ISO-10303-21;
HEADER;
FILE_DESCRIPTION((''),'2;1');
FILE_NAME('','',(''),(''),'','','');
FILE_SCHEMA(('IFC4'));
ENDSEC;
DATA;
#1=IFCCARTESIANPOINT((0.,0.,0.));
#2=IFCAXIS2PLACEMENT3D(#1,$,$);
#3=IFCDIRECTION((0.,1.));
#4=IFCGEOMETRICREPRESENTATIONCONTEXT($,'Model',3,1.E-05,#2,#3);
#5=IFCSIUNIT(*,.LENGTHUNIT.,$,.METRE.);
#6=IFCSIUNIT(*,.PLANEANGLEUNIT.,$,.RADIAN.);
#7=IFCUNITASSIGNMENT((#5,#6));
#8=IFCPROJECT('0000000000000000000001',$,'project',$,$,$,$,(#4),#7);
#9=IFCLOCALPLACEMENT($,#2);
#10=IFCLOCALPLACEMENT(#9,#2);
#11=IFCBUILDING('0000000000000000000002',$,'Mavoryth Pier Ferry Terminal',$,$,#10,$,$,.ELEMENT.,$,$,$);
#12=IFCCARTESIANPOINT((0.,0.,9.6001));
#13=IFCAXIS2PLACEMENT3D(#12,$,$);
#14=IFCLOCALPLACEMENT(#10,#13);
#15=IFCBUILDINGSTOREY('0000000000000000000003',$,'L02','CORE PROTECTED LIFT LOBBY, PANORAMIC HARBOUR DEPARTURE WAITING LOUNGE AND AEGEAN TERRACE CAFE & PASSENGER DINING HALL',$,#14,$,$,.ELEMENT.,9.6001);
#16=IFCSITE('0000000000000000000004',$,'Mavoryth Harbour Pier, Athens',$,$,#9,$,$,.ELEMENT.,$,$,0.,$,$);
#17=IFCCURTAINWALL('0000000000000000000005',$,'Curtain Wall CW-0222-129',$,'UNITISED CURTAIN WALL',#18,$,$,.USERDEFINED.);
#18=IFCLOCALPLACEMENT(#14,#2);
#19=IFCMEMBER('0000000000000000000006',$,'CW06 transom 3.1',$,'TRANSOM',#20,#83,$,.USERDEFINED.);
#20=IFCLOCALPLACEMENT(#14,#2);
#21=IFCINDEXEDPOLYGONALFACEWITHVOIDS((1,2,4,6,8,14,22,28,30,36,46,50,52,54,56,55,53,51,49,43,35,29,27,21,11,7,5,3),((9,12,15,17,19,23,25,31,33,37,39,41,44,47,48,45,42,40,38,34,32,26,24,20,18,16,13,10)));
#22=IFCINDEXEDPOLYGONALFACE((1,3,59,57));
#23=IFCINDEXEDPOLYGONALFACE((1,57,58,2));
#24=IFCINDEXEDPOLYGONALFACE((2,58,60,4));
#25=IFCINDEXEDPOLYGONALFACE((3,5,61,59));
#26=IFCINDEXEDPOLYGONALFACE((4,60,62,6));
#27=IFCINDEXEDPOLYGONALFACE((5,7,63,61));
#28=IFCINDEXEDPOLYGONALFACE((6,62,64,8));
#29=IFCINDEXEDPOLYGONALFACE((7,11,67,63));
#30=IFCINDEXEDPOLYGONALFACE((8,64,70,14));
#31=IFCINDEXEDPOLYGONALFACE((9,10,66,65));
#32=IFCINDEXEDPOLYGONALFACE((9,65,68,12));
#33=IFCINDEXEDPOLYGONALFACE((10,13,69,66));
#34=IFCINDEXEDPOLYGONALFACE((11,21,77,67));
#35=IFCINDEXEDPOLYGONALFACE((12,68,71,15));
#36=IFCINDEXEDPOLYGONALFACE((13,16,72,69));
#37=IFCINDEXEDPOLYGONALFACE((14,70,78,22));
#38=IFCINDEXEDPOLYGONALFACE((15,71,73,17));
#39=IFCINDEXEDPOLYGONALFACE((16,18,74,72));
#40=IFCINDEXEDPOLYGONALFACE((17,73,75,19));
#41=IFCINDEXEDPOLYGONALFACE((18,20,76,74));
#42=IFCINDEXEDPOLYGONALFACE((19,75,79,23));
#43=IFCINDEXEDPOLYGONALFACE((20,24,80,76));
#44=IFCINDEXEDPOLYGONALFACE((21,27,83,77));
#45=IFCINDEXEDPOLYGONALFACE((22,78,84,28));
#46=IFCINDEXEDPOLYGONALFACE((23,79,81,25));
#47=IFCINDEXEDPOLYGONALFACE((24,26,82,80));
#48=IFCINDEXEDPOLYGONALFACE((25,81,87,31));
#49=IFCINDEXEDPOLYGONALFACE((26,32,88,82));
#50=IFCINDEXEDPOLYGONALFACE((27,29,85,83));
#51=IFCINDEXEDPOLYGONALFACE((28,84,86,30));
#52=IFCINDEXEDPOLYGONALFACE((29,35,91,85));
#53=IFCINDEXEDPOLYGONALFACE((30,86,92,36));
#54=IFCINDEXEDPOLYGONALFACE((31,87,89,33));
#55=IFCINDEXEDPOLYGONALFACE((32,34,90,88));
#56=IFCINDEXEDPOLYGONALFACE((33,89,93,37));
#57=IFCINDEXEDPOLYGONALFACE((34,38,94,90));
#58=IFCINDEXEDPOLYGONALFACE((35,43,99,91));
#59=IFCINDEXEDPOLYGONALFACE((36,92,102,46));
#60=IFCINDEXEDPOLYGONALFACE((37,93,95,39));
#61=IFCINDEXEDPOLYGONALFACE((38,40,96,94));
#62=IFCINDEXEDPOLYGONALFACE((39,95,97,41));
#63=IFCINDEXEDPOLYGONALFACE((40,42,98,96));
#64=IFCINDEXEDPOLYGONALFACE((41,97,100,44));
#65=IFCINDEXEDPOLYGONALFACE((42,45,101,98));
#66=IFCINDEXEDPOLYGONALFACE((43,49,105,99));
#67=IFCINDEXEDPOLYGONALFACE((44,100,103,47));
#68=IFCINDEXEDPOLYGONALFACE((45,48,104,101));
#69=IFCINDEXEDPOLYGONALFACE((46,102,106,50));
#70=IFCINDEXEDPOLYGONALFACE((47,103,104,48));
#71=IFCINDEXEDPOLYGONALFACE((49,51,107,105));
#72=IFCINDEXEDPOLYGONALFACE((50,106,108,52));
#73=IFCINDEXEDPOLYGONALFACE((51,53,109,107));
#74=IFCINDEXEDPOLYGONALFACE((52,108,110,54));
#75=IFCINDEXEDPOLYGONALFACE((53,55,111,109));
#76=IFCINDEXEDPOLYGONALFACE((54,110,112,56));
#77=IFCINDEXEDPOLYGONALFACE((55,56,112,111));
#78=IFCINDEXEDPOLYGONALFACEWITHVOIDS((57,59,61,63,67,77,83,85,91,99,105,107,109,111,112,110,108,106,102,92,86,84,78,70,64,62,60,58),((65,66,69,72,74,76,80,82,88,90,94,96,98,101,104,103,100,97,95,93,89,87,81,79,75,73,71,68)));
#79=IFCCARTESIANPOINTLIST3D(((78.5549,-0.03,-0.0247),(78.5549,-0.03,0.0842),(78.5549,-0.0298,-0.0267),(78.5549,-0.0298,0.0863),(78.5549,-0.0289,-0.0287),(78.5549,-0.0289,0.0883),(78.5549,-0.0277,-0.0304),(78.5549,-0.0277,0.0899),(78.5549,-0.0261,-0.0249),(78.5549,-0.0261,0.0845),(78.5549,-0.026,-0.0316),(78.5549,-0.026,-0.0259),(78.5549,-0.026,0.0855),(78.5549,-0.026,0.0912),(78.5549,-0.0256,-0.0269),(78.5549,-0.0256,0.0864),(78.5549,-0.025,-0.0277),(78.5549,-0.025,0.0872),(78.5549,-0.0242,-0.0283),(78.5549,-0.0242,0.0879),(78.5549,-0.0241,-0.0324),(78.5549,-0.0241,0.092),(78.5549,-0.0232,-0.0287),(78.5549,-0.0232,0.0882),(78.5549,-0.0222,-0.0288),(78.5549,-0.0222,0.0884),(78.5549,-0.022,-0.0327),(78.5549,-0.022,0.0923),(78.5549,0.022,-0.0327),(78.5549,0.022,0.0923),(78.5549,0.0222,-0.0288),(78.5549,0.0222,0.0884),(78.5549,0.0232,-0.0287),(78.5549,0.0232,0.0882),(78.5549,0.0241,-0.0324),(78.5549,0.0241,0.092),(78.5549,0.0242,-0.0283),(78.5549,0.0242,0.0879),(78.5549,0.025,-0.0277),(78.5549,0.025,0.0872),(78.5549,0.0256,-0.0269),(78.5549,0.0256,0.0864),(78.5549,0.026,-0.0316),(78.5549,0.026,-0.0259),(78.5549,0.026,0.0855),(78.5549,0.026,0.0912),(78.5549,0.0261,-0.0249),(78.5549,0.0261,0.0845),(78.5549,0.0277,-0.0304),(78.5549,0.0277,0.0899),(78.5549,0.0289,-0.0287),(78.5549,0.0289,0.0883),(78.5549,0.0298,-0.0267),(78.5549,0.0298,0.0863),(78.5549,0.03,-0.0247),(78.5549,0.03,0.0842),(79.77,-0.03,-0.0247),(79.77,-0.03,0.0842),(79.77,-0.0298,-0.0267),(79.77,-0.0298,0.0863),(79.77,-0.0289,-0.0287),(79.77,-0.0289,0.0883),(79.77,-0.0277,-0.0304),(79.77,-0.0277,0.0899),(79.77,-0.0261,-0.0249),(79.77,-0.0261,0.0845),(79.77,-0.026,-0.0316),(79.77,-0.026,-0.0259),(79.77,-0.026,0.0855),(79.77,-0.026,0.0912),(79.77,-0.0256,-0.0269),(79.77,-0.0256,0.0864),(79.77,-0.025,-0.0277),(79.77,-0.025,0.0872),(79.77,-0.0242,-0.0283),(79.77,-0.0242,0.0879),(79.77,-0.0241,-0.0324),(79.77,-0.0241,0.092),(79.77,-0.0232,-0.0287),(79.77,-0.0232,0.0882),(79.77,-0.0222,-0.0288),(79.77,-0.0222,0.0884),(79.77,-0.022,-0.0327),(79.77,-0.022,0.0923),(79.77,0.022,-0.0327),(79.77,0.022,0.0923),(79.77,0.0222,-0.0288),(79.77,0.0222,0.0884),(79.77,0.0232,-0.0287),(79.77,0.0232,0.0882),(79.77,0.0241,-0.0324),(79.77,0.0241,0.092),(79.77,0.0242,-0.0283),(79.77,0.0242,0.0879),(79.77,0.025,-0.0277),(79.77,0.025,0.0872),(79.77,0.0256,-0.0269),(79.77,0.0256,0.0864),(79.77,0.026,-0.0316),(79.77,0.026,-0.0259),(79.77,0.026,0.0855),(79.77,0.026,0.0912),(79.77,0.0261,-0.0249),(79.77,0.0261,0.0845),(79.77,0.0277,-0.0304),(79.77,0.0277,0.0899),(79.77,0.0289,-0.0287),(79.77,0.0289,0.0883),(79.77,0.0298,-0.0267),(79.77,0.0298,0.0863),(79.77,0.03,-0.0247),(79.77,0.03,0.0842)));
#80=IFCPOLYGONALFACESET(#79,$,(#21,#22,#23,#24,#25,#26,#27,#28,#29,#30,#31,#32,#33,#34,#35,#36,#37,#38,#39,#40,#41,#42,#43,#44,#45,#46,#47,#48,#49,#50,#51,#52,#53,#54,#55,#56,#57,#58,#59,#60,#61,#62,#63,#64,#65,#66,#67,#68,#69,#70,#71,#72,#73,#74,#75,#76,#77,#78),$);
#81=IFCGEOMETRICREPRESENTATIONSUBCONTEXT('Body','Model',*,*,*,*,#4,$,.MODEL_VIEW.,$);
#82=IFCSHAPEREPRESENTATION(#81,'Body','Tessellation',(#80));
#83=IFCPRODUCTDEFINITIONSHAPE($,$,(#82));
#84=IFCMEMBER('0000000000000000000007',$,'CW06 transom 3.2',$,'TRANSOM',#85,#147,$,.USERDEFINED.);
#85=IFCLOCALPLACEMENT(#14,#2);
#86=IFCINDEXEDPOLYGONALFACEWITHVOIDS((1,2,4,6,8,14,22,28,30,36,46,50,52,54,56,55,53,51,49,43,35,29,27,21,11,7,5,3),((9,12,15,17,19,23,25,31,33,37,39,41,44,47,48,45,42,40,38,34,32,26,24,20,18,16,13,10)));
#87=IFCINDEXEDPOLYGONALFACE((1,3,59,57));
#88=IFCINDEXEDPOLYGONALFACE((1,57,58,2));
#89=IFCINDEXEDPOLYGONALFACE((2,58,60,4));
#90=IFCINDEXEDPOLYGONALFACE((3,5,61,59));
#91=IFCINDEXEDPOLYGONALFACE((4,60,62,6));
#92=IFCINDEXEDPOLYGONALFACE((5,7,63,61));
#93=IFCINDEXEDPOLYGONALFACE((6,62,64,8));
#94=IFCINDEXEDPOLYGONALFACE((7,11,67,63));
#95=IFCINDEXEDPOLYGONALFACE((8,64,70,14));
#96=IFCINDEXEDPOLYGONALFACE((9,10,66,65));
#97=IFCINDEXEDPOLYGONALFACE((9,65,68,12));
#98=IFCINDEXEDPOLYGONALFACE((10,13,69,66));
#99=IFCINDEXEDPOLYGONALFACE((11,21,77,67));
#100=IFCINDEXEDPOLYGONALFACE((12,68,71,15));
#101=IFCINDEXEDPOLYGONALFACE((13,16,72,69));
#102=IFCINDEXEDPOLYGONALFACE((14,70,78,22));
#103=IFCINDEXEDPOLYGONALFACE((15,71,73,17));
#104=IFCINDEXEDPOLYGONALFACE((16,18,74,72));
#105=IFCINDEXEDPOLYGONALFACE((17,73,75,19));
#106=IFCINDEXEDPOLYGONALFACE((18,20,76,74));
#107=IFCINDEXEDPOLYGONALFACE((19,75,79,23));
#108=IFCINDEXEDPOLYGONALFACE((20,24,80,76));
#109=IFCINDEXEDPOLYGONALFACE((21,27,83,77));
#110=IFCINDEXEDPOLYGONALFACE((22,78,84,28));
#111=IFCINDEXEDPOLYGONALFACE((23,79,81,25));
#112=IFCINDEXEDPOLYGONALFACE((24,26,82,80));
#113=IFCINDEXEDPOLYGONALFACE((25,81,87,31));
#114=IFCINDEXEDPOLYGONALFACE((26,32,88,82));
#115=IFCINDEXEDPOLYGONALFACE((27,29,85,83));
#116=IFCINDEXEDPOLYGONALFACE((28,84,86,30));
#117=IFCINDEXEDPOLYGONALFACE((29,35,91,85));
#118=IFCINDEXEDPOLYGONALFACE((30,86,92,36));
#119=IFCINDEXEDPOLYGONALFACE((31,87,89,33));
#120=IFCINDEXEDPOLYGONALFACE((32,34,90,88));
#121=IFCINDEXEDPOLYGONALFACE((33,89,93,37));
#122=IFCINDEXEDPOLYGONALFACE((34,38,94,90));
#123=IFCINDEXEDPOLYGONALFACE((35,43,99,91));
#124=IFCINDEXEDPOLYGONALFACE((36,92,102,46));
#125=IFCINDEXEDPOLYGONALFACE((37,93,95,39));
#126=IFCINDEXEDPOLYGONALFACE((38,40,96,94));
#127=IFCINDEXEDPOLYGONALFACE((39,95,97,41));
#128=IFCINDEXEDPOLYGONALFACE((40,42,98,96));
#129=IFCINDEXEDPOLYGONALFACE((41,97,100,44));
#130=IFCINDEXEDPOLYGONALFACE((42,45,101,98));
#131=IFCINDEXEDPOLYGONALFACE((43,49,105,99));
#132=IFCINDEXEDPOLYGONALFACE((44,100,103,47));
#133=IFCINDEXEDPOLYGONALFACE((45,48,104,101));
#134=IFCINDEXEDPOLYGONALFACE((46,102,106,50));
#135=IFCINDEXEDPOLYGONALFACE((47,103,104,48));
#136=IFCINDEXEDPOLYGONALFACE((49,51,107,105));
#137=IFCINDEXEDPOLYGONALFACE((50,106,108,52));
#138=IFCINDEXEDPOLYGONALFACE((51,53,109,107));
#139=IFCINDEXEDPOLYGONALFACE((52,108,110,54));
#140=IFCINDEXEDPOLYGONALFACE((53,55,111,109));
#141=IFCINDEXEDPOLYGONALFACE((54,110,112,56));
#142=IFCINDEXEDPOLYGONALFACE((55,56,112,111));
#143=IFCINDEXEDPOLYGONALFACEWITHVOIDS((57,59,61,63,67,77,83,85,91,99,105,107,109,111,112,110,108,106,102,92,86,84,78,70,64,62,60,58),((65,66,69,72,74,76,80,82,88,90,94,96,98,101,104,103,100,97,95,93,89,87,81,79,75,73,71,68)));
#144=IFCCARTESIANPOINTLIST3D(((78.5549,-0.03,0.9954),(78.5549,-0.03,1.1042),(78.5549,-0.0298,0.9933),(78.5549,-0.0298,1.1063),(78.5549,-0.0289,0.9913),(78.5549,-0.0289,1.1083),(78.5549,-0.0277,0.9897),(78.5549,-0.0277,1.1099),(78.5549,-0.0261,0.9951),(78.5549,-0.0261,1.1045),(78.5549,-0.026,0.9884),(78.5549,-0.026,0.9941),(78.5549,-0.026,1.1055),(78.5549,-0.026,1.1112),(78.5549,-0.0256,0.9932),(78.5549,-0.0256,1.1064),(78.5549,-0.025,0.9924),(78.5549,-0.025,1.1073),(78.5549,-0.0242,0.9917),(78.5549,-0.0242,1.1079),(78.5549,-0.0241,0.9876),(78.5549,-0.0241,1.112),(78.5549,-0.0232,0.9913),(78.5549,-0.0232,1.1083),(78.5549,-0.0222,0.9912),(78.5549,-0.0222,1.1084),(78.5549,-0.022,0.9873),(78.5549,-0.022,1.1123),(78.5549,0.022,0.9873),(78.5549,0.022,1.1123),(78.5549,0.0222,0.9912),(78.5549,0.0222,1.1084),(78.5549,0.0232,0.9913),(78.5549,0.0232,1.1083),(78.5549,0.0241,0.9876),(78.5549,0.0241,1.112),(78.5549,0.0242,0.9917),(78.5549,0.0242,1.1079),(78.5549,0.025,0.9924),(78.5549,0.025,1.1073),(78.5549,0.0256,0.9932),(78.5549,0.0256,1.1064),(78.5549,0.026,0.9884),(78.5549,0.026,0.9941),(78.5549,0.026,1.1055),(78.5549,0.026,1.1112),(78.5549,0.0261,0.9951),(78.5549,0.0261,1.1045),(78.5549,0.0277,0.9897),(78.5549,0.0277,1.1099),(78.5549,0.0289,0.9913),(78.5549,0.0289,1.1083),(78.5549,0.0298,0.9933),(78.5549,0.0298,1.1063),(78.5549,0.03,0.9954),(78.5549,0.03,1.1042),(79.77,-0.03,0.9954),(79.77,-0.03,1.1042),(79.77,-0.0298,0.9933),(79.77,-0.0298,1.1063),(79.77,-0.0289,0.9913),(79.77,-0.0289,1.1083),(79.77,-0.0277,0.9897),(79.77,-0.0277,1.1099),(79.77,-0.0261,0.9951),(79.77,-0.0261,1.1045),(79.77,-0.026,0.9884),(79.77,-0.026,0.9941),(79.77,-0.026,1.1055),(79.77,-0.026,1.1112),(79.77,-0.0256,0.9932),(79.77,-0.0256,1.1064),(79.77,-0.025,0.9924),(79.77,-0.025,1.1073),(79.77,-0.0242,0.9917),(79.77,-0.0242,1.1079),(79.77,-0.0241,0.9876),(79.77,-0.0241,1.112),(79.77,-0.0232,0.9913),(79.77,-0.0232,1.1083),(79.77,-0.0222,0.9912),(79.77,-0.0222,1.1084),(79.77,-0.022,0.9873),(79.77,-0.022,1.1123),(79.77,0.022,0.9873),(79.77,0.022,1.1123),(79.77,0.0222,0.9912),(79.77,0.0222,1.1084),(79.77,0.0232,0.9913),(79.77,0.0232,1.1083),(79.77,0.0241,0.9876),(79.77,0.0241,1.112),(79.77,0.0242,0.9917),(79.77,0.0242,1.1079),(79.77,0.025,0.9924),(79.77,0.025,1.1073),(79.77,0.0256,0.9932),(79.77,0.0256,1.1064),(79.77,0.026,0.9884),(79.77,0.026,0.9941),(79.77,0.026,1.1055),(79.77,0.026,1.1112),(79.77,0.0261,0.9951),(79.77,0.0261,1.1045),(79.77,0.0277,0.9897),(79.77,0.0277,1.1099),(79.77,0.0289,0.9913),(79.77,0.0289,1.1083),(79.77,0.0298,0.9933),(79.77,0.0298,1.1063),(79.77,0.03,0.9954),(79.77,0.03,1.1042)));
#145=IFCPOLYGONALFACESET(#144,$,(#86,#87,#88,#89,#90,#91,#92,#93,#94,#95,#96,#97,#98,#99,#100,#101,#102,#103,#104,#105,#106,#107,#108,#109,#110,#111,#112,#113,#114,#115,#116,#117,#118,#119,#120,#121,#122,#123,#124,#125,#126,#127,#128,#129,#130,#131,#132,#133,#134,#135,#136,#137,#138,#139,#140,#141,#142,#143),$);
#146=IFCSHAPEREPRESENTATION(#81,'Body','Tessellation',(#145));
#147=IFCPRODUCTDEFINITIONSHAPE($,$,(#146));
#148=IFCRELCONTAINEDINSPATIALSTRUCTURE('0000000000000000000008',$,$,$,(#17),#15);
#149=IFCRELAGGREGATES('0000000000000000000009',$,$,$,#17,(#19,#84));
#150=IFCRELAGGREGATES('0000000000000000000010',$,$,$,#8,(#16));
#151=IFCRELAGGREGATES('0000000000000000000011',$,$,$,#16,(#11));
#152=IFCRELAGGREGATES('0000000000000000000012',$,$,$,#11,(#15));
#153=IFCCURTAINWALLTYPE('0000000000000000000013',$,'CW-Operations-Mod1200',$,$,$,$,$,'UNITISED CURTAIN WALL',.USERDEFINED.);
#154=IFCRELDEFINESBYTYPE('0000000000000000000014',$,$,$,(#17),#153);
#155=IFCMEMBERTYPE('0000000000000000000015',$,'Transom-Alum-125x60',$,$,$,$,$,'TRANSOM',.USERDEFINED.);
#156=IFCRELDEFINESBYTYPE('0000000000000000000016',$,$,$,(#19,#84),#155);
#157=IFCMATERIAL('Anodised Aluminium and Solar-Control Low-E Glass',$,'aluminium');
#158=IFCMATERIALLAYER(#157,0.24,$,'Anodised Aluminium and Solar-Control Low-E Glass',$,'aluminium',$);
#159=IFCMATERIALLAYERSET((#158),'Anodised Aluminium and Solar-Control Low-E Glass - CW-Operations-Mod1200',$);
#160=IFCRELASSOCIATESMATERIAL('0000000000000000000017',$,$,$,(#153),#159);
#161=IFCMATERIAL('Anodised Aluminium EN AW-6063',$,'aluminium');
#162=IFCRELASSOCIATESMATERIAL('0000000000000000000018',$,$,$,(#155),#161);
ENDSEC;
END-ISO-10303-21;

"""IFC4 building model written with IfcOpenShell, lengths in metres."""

from ifc_helpers import new_model, si_unit, direction, frame, origin, origin_2d, place, context, subcontext, project, spatial, hollow_rectangle, extrude, material, layer, layer_set, material_profile, profile_set, type_object, element, aggregate, save


model = new_model("IFC4")

# Units and contexts
model_context = context("Model", 3, precision=1e-05, world=origin(), true_north=direction((0.0, 1.0)))
body_context = subcontext(model_context, "Body", "Model", "MODEL_VIEW")
ifc_project = project(units=[si_unit("LENGTHUNIT", "METRE"), si_unit("PLANEANGLEUNIT", "RADIAN")], contexts=[model_context])

# Site, building, storey
site_placement = place(None, origin())
site = spatial("IfcSite", under=ifc_project, at=site_placement, Name="Mavoryth Harbour Pier, Athens", CompositionType="ELEMENT", RefElevation=0.0)
building_placement = place(site_placement, origin())
building = spatial("IfcBuilding", under=site, at=building_placement, Name="Mavoryth Pier Ferry Terminal", CompositionType="ELEMENT")
storey_placement = place(building_placement, frame((0.0, 0.0, 9.6001)))
storey = spatial("IfcBuildingStorey", under=building, at=storey_placement, Name="L02", Description="CORE PROTECTED LIFT LOBBY, PANORAMIC HARBOUR DEPARTURE WAITING LOUNGE AND AEGEAN TERRACE CAFE & PASSENGER DINING HALL", CompositionType="ELEMENT", Elevation=9.6001)

# Curtain wall
ifc_material_1 = material(Name="Anodised Aluminium and Solar-Control Low-E Glass", Category="aluminium")
ifc_layer_1 = layer(ifc_material_1, 0.24, Name="Anodised Aluminium and Solar-Control Low-E Glass", Category="aluminium")
ifc_layer_set_1 = layer_set([ifc_layer_1], Name="Anodised Aluminium and Solar-Control Low-E Glass - CW-Operations-Mod1200")
curtain_wall_type = type_object("IfcCurtainWallType", Name="CW-Operations-Mod1200", ElementType="UNITISED CURTAIN WALL", PredefinedType="USERDEFINED", material=ifc_layer_set_1)
ifc_material_2 = material(Name="Anodised Aluminium EN AW-6063", Category="aluminium")
curtain_wall_1_placement = place(storey_placement, origin())
curtain_wall_1 = element("IfcCurtainWall", 1, at=curtain_wall_1_placement, inside=storey, type_object=curtain_wall_type, Name="Curtain Wall CW-0222-129", ObjectType="UNITISED CURTAIN WALL", PredefinedType="USERDEFINED")

# Members
ifc_material_profile_1 = material_profile(ifc_material_2, hollow_rectangle(XDim=0.0601, YDim=0.125, WallThickness=0.0039, InnerFilletRadius=0.0039, OuterFilletRadius=0.0081, at=origin_2d()), Name="AL-TRAN 125x60x4", Category="aluminium")
ifc_profile_set_1 = profile_set([ifc_material_profile_1], Name="Anodised Aluminium EN AW-6063 - AL-TRAN 125x60x4")
member_type_1 = type_object("IfcMemberType", Name="Transom-Alum-125x60", ElementType="TRANSOM", PredefinedType="USERDEFINED", material=ifc_profile_set_1)
member_1_placement = place(storey_placement, frame((78.5549, 0.0, 0.0298), z_axis=(1.0, 0.0, 0.0), x_axis=(0.0, 1.0, 0.0)))
member_1 = element("IfcMember", 2, at=member_1_placement, type_object=member_type_1, Name="CW06 transom 3.1", ObjectType="TRANSOM", PredefinedType="USERDEFINED", context=body_context, shape_type="SweptSolid", body=[
    extrude(hollow_rectangle(XDim=0.0601, YDim=0.125, WallThickness=0.0039, InnerFilletRadius=0.0039, OuterFilletRadius=0.0081, at=origin_2d()), origin(), (0.0, 0.0, 1.0), 1.2151),
])
member_2_placement = place(storey_placement, frame((78.5549, 0.0, 1.0498), z_axis=(1.0, 0.0, 0.0), x_axis=(0.0, 1.0, 0.0)))
member_2 = element("IfcMember", 3, at=member_2_placement, type_object=member_type_1, Name="CW06 transom 3.2", ObjectType="TRANSOM", PredefinedType="USERDEFINED", context=body_context, shape_type="SweptSolid", body=[
    extrude(hollow_rectangle(XDim=0.0601, YDim=0.125, WallThickness=0.0039, InnerFilletRadius=0.0039, OuterFilletRadius=0.0081, at=origin_2d()), origin(), (0.0, 0.0, 1.0), 1.2151),
])

aggregate(curtain_wall_1, [member_1, member_2])

save(model, "model.ifc")
